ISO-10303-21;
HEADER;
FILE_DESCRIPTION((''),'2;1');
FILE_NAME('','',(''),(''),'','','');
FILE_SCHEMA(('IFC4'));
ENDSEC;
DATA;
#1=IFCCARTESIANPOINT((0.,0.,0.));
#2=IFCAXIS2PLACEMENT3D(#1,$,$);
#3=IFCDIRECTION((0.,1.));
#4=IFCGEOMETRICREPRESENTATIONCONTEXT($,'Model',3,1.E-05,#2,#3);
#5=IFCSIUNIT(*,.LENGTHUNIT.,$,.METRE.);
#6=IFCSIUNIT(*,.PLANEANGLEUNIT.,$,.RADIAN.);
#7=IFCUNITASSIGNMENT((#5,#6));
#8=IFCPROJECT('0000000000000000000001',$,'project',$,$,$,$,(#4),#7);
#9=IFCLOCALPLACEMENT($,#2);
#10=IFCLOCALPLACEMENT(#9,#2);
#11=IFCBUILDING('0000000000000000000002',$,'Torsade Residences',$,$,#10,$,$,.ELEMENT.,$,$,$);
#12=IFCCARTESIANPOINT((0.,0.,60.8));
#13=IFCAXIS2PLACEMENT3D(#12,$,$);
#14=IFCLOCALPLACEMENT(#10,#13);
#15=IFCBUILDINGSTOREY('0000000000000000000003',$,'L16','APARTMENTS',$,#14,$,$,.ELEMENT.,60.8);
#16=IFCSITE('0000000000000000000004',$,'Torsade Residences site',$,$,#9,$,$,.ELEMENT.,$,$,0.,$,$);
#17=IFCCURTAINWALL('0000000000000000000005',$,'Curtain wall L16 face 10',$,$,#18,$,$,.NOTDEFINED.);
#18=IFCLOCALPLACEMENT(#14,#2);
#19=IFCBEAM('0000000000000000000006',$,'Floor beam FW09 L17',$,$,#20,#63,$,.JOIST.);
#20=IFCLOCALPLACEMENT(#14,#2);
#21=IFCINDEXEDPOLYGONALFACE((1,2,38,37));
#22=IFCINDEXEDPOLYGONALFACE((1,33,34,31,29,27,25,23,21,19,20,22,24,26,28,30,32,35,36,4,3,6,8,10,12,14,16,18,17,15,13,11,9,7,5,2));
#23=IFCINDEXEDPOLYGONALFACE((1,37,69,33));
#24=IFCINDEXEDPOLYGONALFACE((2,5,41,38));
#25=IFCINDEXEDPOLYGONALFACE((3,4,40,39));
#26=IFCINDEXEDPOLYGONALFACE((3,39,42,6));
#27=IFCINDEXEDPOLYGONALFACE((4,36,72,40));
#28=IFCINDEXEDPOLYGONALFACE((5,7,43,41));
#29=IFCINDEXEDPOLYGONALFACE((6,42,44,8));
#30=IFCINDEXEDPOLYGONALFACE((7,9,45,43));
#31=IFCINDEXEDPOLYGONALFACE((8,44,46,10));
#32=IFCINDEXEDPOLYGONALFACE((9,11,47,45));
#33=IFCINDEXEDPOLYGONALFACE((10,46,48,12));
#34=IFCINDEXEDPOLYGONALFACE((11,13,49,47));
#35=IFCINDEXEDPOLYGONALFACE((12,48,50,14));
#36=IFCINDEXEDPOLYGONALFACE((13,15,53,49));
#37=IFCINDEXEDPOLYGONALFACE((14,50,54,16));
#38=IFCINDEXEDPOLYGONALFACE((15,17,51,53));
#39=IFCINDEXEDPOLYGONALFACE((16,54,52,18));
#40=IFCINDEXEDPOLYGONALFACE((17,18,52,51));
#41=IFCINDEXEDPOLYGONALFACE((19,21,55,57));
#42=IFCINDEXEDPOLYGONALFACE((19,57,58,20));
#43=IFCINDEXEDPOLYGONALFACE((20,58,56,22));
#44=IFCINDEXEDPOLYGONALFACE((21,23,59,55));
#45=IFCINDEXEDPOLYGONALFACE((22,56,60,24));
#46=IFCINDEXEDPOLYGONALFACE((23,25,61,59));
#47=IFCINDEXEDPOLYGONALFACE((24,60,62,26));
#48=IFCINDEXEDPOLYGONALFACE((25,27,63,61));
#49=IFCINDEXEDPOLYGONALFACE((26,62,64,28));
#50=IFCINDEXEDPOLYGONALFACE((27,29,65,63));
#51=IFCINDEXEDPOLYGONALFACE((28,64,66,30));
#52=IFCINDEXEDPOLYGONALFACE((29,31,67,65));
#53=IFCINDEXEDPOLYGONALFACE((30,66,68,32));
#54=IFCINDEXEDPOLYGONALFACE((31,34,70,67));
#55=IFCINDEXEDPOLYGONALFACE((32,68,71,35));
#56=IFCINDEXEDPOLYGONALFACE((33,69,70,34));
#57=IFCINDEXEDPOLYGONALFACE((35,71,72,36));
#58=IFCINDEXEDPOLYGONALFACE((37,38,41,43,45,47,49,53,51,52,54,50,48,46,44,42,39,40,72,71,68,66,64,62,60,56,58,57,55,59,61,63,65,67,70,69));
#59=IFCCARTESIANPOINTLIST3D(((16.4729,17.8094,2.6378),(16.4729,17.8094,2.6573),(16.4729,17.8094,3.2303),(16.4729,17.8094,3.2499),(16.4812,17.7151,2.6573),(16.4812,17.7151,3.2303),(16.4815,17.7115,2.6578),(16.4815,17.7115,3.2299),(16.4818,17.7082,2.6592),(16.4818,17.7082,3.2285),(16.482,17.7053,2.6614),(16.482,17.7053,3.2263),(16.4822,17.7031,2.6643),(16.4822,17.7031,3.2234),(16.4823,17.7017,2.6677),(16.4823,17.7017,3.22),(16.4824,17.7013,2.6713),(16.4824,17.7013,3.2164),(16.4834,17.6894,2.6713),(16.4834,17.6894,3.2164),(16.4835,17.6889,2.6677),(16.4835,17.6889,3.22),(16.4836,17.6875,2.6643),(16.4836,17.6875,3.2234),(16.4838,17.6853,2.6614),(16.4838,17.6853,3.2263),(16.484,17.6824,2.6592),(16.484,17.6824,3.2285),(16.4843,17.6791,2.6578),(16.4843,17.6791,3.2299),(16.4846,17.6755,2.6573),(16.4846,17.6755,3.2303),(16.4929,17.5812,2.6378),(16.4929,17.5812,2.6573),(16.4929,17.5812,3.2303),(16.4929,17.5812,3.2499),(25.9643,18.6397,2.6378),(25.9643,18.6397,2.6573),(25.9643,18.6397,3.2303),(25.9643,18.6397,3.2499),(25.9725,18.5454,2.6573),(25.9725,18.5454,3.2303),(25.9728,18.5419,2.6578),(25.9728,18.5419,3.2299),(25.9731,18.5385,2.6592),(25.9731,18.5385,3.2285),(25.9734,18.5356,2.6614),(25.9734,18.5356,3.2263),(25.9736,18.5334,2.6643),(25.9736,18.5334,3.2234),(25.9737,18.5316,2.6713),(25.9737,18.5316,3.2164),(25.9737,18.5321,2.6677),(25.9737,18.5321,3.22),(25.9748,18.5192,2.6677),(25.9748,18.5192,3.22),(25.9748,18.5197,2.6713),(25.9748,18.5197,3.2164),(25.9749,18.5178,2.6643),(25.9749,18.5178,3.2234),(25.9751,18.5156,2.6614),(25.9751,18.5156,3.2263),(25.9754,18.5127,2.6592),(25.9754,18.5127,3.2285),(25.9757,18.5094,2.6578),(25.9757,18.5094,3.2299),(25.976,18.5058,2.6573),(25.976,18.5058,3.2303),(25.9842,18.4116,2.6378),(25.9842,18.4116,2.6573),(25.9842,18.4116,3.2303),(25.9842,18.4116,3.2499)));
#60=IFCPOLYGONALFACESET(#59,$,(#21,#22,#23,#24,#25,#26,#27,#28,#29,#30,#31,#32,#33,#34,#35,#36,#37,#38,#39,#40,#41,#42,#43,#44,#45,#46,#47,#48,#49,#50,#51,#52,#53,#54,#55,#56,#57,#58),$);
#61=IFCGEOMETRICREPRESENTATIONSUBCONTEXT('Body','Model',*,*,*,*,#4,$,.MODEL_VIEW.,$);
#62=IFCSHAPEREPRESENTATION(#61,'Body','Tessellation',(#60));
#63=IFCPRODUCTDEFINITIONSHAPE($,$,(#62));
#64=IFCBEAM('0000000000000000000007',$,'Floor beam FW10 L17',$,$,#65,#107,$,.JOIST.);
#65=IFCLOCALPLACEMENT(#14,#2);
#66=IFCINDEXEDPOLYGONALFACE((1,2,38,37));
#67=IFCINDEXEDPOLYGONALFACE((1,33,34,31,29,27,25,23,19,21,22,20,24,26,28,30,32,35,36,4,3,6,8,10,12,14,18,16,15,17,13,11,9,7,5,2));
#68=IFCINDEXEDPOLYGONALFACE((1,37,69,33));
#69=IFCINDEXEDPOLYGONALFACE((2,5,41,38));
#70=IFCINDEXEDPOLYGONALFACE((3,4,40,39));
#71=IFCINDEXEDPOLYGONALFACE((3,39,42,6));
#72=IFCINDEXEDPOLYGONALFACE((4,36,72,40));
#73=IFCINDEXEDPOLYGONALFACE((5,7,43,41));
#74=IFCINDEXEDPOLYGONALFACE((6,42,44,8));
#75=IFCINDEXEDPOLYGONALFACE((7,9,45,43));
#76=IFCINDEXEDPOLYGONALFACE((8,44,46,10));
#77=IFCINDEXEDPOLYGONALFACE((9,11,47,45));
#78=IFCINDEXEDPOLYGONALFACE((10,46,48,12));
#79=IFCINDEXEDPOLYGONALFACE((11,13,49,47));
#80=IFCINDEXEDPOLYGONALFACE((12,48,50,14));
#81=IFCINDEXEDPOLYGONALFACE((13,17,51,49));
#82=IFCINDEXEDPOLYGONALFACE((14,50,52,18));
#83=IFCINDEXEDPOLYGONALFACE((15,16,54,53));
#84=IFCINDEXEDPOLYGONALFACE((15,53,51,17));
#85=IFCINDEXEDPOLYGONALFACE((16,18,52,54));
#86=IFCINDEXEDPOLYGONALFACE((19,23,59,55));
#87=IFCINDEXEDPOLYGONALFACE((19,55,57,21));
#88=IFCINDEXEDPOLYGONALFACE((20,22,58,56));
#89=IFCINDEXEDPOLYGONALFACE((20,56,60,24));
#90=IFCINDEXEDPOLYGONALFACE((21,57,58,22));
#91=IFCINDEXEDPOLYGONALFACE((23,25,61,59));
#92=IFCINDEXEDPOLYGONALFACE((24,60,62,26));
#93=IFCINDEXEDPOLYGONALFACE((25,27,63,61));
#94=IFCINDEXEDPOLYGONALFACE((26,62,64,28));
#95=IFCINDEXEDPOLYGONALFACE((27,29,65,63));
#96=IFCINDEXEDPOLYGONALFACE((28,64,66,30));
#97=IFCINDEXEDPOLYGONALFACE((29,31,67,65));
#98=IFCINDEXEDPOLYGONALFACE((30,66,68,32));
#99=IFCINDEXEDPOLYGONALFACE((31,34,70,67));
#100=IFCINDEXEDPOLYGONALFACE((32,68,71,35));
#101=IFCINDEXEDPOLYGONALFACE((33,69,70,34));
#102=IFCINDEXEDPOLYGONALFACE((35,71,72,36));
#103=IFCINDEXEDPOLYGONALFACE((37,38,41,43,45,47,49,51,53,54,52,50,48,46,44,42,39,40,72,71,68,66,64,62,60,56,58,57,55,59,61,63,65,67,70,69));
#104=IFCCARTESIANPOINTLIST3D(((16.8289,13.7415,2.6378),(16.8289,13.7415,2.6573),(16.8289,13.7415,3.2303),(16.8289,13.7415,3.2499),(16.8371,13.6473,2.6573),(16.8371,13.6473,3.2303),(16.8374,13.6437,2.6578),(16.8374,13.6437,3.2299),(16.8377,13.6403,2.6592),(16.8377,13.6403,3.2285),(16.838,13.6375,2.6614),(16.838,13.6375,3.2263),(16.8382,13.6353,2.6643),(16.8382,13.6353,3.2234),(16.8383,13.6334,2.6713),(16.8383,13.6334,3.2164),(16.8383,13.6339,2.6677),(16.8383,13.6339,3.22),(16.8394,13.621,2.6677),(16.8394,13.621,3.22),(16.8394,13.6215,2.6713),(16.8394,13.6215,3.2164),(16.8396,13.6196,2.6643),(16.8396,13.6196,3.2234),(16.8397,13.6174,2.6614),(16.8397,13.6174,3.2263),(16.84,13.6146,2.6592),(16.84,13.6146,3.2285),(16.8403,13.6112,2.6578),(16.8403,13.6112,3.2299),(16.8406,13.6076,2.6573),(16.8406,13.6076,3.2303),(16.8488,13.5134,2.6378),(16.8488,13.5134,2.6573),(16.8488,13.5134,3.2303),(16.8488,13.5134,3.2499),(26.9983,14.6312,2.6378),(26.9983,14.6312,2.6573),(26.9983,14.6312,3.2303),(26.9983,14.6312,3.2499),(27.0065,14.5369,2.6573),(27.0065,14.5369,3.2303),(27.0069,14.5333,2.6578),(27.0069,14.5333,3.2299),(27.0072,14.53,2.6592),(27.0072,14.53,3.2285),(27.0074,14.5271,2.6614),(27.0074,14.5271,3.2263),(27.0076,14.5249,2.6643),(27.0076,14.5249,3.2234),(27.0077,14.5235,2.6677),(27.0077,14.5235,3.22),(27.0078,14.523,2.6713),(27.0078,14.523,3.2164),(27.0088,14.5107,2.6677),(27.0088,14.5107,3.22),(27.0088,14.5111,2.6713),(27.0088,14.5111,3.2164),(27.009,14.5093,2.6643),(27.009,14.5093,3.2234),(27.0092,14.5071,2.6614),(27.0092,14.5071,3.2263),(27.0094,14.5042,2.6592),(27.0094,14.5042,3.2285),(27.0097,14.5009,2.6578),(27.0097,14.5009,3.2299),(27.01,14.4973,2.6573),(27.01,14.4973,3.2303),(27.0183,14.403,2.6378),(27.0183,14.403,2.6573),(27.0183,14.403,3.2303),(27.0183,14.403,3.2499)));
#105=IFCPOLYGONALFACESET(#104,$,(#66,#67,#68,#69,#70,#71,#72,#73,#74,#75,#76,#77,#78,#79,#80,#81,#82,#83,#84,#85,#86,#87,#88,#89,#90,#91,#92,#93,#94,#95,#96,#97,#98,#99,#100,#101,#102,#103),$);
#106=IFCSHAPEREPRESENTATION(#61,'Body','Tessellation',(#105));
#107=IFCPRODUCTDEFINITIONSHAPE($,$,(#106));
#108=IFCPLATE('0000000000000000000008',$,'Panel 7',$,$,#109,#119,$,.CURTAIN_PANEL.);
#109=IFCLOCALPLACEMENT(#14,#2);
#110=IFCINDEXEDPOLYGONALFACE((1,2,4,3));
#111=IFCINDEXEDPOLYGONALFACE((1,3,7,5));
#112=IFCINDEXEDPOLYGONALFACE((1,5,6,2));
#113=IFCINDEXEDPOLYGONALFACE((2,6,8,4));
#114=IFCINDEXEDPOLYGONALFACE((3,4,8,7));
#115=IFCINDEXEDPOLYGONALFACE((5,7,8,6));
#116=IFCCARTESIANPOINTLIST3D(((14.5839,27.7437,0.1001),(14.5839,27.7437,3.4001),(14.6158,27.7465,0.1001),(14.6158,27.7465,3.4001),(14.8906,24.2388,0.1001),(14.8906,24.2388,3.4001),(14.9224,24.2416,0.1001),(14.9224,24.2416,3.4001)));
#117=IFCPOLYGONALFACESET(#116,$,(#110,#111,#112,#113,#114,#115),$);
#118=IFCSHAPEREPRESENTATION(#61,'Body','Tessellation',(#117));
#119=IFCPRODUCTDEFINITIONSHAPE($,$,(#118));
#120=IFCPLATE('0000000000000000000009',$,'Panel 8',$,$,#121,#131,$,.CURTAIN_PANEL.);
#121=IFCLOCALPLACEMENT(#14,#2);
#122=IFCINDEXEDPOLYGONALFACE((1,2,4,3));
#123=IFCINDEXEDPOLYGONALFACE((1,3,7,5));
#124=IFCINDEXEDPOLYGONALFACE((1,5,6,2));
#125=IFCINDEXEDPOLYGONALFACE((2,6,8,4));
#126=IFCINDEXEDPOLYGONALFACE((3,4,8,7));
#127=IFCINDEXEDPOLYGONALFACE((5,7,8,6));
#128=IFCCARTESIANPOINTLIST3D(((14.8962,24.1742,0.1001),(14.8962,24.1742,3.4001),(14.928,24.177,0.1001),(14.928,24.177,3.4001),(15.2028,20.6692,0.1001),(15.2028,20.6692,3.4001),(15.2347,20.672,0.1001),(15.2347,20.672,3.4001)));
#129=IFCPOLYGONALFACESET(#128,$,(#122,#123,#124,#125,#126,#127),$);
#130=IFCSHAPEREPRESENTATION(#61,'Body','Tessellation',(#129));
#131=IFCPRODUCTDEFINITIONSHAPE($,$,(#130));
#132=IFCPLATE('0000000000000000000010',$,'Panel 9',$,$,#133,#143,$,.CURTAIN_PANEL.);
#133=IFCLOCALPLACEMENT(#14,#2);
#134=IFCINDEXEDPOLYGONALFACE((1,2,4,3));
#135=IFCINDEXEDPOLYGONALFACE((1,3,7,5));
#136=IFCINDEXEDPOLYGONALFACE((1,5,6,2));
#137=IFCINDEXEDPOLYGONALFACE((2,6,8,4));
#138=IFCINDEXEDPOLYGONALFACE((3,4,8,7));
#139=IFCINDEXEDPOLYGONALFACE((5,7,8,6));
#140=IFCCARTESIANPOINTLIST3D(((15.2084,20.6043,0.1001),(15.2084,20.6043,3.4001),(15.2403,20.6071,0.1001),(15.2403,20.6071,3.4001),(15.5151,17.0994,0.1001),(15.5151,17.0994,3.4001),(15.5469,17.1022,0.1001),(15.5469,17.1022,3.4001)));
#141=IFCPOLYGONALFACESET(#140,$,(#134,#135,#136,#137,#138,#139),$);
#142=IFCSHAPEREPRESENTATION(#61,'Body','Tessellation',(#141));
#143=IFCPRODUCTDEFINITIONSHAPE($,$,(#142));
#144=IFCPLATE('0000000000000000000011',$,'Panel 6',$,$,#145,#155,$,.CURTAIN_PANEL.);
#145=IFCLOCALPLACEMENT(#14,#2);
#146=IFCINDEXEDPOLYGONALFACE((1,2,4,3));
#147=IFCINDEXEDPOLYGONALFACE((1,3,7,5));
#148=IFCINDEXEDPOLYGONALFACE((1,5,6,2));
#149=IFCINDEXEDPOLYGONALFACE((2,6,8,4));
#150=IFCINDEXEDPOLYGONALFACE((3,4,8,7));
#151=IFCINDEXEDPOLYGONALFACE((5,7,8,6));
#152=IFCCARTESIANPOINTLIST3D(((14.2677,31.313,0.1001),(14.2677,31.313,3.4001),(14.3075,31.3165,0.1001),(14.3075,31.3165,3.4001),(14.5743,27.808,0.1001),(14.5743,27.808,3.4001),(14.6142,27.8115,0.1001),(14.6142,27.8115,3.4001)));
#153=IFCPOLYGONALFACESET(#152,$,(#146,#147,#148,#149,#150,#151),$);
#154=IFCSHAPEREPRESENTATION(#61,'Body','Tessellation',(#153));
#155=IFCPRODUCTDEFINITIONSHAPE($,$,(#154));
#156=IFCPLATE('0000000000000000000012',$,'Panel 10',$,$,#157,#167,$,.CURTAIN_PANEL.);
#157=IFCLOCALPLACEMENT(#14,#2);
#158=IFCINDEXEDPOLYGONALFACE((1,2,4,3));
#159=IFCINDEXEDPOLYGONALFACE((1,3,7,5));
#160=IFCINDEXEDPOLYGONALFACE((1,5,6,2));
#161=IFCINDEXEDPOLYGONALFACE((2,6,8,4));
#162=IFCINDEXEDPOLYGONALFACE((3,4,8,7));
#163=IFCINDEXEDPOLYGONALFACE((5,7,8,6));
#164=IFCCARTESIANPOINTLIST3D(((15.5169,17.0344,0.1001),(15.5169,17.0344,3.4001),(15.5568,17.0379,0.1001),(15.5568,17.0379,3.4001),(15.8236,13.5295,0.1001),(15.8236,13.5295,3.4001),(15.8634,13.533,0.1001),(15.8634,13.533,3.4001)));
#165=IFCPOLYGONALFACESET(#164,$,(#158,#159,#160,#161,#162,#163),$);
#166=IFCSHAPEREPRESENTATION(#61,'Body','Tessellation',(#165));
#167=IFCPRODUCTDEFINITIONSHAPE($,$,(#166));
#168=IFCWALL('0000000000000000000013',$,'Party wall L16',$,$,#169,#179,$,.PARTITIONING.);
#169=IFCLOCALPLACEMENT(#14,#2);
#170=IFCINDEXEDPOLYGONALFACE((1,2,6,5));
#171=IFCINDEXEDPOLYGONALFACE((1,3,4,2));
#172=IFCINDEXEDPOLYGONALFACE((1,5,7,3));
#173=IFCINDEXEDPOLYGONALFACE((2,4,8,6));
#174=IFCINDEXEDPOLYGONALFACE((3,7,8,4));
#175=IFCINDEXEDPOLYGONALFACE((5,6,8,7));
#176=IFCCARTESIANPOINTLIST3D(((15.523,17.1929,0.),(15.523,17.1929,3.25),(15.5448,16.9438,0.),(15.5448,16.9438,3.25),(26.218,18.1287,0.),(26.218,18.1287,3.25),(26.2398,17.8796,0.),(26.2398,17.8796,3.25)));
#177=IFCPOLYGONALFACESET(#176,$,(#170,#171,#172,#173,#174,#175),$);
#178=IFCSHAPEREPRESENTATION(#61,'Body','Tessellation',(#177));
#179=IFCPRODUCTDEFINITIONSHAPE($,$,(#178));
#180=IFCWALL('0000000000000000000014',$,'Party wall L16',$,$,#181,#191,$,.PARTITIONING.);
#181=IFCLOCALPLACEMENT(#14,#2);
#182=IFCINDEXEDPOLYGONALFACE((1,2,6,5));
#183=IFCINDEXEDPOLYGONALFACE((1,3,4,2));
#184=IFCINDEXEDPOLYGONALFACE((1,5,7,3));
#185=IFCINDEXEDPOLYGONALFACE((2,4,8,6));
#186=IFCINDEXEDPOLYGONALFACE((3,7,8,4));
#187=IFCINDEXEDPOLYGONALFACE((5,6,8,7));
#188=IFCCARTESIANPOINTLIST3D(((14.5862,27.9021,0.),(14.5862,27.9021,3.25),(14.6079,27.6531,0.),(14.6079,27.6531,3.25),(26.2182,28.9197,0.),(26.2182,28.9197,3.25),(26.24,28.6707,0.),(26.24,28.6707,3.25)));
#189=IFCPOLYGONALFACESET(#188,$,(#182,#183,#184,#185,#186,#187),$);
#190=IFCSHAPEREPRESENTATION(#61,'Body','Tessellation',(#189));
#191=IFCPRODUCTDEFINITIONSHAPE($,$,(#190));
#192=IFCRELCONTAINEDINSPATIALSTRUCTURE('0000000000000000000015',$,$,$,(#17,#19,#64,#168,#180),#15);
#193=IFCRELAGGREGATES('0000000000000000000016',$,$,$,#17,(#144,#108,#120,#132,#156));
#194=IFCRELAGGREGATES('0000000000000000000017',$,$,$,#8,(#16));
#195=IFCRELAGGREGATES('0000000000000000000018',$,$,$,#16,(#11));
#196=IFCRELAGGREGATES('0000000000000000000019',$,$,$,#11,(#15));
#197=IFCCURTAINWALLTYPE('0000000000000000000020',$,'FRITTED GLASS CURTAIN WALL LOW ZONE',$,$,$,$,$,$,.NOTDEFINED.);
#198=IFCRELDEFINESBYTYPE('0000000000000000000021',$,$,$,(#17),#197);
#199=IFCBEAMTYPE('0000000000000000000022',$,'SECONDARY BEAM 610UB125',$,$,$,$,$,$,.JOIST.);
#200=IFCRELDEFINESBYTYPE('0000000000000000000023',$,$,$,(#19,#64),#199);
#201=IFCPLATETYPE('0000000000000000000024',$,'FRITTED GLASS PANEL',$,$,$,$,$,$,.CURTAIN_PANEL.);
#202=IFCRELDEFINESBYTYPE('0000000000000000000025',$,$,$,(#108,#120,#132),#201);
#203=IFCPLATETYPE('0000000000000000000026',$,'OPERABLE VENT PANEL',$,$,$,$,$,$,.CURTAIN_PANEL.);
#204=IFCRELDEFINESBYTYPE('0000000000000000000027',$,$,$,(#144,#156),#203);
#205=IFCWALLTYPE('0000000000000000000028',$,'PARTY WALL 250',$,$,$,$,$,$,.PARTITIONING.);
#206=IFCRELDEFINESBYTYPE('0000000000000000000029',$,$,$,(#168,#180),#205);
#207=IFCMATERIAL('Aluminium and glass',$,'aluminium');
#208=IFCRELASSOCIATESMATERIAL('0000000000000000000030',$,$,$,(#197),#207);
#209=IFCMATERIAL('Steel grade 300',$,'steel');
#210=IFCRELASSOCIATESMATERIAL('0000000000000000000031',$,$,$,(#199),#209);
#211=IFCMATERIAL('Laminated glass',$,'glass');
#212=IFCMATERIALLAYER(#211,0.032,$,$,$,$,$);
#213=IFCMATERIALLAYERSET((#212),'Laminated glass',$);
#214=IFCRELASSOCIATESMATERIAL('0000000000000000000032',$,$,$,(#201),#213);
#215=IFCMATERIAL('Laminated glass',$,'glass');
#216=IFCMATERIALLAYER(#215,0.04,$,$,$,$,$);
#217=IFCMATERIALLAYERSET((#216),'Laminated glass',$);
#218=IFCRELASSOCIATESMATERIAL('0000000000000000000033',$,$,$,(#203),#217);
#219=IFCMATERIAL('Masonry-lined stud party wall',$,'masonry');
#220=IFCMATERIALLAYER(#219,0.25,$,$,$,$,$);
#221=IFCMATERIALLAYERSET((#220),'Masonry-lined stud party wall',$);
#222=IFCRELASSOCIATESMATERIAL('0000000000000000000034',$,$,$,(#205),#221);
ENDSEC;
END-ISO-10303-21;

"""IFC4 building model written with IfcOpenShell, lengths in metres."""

from ifc_helpers import new_model, si_unit, direction, frame, frame_2d, origin, origin_2d, place, context, subcontext, project, spatial, rectangle, i_section, extrude, material, layer, layer_set, material_profile, profile_set, type_object, element, aggregate, save


model = new_model("IFC4")

# Units and contexts
model_context = context("Model", 3, precision=1e-05, world=origin(), true_north=direction((0.0, 1.0)))
body_context = subcontext(model_context, "Body", "Model", "MODEL_VIEW")
ifc_project = project(units=[si_unit("LENGTHUNIT", "METRE"), si_unit("PLANEANGLEUNIT", "RADIAN")], contexts=[model_context])

# Site, building, storey
site_placement = place(None, origin())
site = spatial("IfcSite", under=ifc_project, at=site_placement, Name="Torsade Residences site", CompositionType="ELEMENT", RefElevation=0.0)
building_placement = place(site_placement, origin())
building = spatial("IfcBuilding", under=site, at=building_placement, Name="Torsade Residences", CompositionType="ELEMENT")
storey_placement = place(building_placement, frame((0.0, 0.0, 60.8)))
storey = spatial("IfcBuildingStorey", under=building, at=storey_placement, Name="L16", Description="APARTMENTS", CompositionType="ELEMENT", Elevation=60.8)

# Curtain wall
ifc_material_1 = material(Name="Aluminium and glass", Category="aluminium")
curtain_wall_type = type_object("IfcCurtainWallType", Name="FRITTED GLASS CURTAIN WALL LOW ZONE", PredefinedType="NOTDEFINED", material=ifc_material_1)
curtain_wall_placement = place(storey_placement, origin())
curtain_wall = element("IfcCurtainWall", 1, at=curtain_wall_placement, inside=storey, type_object=curtain_wall_type, Name="Curtain wall L16 face 10", PredefinedType="NOTDEFINED")

# Beams
ifc_material_2 = material(Name="Steel grade 300", Category="steel")
ifc_material_profile_1 = material_profile(ifc_material_2, i_section(OverallWidth=0.229, OverallDepth=0.6121, WebThickness=0.012, FlangeThickness=0.0195, FilletRadius=0.0139, at=origin_2d()), Name="610UB125")
ifc_profile_set_1 = profile_set([ifc_material_profile_1], Name="Steel grade 300")
beam_type_1 = type_object("IfcBeamType", Name="SECONDARY BEAM 610UB125", PredefinedType="JOIST", material=ifc_profile_set_1)
beam_1_placement = place(storey_placement, frame((16.4829, 17.6953, 2.9438), z_axis=(0.996195, 0.087148, 0.0), x_axis=(-0.087148, 0.996195, 0.0)))
element("IfcBeam", 2, at=beam_1_placement, inside=storey, type_object=beam_type_1, Name="Floor beam FW09 L17", PredefinedType="JOIST", context=body_context, shape_type="SweptSolid", body=[
    extrude(i_section(OverallWidth=0.229, OverallDepth=0.6121, WebThickness=0.012, FlangeThickness=0.0195, FilletRadius=0.0139, at=origin_2d()), origin(), (0.0, 0.0, 1.0), 9.5276),
])
beam_2_placement = place(storey_placement, frame((16.8389, 13.6274, 2.9438), z_axis=(0.996195, 0.08715, 0.0), x_axis=(-0.08715, 0.996195, 0.0)))
element("IfcBeam", 3, at=beam_2_placement, inside=storey, type_object=beam_type_1, Name="Floor beam FW10 L17", PredefinedType="JOIST", context=body_context, shape_type="SweptSolid", body=[
    extrude(i_section(OverallWidth=0.229, OverallDepth=0.6121, WebThickness=0.012, FlangeThickness=0.0195, FilletRadius=0.0139, at=origin_2d()), origin(), (0.0, 0.0, 1.0), 10.2083),
])

# Plates
ifc_material_3 = material(Name="Laminated glass", Category="glass")
ifc_layer_1 = layer(ifc_material_3, 0.032)
ifc_layer_set_1 = layer_set([ifc_layer_1], Name="Laminated glass")
plate_type_1 = type_object("IfcPlateType", Name="FRITTED GLASS PANEL", PredefinedType="CURTAIN_PANEL", material=ifc_layer_set_1)
plate_1_placement = place(storey_placement, frame((14.7532, 25.9927, 0.1001), z_axis=(0.0, 0.0, 1.0), x_axis=(0.087156, -0.996195, 0.0)))
plate_1 = element("IfcPlate", 4, at=plate_1_placement, type_object=plate_type_1, Name="Panel 7", PredefinedType="CURTAIN_PANEL", context=body_context, shape_type="SweptSolid", body=[
    extrude(rectangle(XDim=3.5183, YDim=0.032, at=origin_2d()), origin(), (0.0, 0.0, 1.0), 3.3),
])
plate_2_placement = place(storey_placement, frame((15.0654, 22.4231, 0.1001), z_axis=(0.0, 0.0, 1.0), x_axis=(0.087156, -0.996195, 0.0)))
plate_2 = element("IfcPlate", 5, at=plate_2_placement, type_object=plate_type_1, Name="Panel 8", PredefinedType="CURTAIN_PANEL", context=body_context, shape_type="SweptSolid", body=[
    extrude(rectangle(XDim=3.5183, YDim=0.032, at=origin_2d()), origin(), (0.0, 0.0, 1.0), 3.3),
])
plate_3_placement = place(storey_placement, frame((15.3777, 18.8533, 0.1001), z_axis=(0.0, 0.0, 1.0), x_axis=(0.087156, -0.996195, 0.0)))
plate_3 = element("IfcPlate", 6, at=plate_3_placement, type_object=plate_type_1, Name="Panel 9", PredefinedType="CURTAIN_PANEL", context=body_context, shape_type="SweptSolid", body=[
    extrude(rectangle(XDim=3.5183, YDim=0.032, at=origin_2d()), origin(), (0.0, 0.0, 1.0), 3.3),
])
ifc_material_4 = material(Name="Laminated glass", Category="glass")
ifc_layer_2 = layer(ifc_material_4, 0.04)
ifc_layer_set_2 = layer_set([ifc_layer_2], Name="Laminated glass")
plate_type_2 = type_object("IfcPlateType", Name="OPERABLE VENT PANEL", PredefinedType="CURTAIN_PANEL", material=ifc_layer_set_2)
plate_4_placement = place(storey_placement, frame((14.4409, 29.5623, 0.1001), z_axis=(0.0, 0.0, 1.0), x_axis=(0.087156, -0.996195, 0.0)))
plate_4 = element("IfcPlate", 7, at=plate_4_placement, type_object=plate_type_2, Name="Panel 6", PredefinedType="CURTAIN_PANEL", context=body_context, shape_type="SweptSolid", body=[
    extrude(rectangle(XDim=3.5183, YDim=0.04, at=origin_2d()), origin(), (0.0, 0.0, 1.0), 3.3),
])
plate_5_placement = place(storey_placement, frame((15.6902, 15.2837, 0.1001), z_axis=(0.0, 0.0, 1.0), x_axis=(0.087156, -0.996195, 0.0)))
plate_5 = element("IfcPlate", 8, at=plate_5_placement, type_object=plate_type_2, Name="Panel 10", PredefinedType="CURTAIN_PANEL", context=body_context, shape_type="SweptSolid", body=[
    extrude(rectangle(XDim=3.5183, YDim=0.04, at=origin_2d()), origin(), (0.0, 0.0, 1.0), 3.3),
])
aggregate(curtain_wall, [plate_4, plate_1, plate_2, plate_3, plate_5])

# Walls
ifc_material_5 = material(Name="Masonry-lined stud party wall", Category="masonry")
ifc_layer_3 = layer(ifc_material_5, 0.25)
ifc_layer_set_3 = layer_set([ifc_layer_3], Name="Masonry-lined stud party wall")
wall_type = type_object("IfcWallType", Name="PARTY WALL 250", PredefinedType="PARTITIONING", material=ifc_layer_set_3)
wall_1_placement = place(storey_placement, frame((15.5339, 17.0684, 0.0), z_axis=(0.0, 0.0, 1.0), x_axis=(0.996194, 0.087164, 0.0)))
element("IfcWall", 9, at=wall_1_placement, inside=storey, type_object=wall_type, Name="Party wall L16", PredefinedType="PARTITIONING", context=body_context, shape_type="SweptSolid", body=[
    extrude(rectangle(XDim=10.7358, YDim=0.25, at=frame_2d((5.3679, 0.0))), origin(), (0.0, 0.0, 1.0), 3.25),
])
wall_2_placement = place(storey_placement, frame((14.5969, 27.7776, 0.0), z_axis=(0.0, 0.0, 1.0), x_axis=(0.996195, 0.087147, 0.0)))
element("IfcWall", 10, at=wall_2_placement, inside=storey, type_object=wall_type, Name="Party wall L16", PredefinedType="PARTITIONING", context=body_context, shape_type="SweptSolid", body=[
    extrude(rectangle(XDim=11.6765, YDim=0.25, at=frame_2d((5.8384, 0.0))), origin(), (0.0, 0.0, 1.0), 3.25),
])

save(model, "model.ifc")
